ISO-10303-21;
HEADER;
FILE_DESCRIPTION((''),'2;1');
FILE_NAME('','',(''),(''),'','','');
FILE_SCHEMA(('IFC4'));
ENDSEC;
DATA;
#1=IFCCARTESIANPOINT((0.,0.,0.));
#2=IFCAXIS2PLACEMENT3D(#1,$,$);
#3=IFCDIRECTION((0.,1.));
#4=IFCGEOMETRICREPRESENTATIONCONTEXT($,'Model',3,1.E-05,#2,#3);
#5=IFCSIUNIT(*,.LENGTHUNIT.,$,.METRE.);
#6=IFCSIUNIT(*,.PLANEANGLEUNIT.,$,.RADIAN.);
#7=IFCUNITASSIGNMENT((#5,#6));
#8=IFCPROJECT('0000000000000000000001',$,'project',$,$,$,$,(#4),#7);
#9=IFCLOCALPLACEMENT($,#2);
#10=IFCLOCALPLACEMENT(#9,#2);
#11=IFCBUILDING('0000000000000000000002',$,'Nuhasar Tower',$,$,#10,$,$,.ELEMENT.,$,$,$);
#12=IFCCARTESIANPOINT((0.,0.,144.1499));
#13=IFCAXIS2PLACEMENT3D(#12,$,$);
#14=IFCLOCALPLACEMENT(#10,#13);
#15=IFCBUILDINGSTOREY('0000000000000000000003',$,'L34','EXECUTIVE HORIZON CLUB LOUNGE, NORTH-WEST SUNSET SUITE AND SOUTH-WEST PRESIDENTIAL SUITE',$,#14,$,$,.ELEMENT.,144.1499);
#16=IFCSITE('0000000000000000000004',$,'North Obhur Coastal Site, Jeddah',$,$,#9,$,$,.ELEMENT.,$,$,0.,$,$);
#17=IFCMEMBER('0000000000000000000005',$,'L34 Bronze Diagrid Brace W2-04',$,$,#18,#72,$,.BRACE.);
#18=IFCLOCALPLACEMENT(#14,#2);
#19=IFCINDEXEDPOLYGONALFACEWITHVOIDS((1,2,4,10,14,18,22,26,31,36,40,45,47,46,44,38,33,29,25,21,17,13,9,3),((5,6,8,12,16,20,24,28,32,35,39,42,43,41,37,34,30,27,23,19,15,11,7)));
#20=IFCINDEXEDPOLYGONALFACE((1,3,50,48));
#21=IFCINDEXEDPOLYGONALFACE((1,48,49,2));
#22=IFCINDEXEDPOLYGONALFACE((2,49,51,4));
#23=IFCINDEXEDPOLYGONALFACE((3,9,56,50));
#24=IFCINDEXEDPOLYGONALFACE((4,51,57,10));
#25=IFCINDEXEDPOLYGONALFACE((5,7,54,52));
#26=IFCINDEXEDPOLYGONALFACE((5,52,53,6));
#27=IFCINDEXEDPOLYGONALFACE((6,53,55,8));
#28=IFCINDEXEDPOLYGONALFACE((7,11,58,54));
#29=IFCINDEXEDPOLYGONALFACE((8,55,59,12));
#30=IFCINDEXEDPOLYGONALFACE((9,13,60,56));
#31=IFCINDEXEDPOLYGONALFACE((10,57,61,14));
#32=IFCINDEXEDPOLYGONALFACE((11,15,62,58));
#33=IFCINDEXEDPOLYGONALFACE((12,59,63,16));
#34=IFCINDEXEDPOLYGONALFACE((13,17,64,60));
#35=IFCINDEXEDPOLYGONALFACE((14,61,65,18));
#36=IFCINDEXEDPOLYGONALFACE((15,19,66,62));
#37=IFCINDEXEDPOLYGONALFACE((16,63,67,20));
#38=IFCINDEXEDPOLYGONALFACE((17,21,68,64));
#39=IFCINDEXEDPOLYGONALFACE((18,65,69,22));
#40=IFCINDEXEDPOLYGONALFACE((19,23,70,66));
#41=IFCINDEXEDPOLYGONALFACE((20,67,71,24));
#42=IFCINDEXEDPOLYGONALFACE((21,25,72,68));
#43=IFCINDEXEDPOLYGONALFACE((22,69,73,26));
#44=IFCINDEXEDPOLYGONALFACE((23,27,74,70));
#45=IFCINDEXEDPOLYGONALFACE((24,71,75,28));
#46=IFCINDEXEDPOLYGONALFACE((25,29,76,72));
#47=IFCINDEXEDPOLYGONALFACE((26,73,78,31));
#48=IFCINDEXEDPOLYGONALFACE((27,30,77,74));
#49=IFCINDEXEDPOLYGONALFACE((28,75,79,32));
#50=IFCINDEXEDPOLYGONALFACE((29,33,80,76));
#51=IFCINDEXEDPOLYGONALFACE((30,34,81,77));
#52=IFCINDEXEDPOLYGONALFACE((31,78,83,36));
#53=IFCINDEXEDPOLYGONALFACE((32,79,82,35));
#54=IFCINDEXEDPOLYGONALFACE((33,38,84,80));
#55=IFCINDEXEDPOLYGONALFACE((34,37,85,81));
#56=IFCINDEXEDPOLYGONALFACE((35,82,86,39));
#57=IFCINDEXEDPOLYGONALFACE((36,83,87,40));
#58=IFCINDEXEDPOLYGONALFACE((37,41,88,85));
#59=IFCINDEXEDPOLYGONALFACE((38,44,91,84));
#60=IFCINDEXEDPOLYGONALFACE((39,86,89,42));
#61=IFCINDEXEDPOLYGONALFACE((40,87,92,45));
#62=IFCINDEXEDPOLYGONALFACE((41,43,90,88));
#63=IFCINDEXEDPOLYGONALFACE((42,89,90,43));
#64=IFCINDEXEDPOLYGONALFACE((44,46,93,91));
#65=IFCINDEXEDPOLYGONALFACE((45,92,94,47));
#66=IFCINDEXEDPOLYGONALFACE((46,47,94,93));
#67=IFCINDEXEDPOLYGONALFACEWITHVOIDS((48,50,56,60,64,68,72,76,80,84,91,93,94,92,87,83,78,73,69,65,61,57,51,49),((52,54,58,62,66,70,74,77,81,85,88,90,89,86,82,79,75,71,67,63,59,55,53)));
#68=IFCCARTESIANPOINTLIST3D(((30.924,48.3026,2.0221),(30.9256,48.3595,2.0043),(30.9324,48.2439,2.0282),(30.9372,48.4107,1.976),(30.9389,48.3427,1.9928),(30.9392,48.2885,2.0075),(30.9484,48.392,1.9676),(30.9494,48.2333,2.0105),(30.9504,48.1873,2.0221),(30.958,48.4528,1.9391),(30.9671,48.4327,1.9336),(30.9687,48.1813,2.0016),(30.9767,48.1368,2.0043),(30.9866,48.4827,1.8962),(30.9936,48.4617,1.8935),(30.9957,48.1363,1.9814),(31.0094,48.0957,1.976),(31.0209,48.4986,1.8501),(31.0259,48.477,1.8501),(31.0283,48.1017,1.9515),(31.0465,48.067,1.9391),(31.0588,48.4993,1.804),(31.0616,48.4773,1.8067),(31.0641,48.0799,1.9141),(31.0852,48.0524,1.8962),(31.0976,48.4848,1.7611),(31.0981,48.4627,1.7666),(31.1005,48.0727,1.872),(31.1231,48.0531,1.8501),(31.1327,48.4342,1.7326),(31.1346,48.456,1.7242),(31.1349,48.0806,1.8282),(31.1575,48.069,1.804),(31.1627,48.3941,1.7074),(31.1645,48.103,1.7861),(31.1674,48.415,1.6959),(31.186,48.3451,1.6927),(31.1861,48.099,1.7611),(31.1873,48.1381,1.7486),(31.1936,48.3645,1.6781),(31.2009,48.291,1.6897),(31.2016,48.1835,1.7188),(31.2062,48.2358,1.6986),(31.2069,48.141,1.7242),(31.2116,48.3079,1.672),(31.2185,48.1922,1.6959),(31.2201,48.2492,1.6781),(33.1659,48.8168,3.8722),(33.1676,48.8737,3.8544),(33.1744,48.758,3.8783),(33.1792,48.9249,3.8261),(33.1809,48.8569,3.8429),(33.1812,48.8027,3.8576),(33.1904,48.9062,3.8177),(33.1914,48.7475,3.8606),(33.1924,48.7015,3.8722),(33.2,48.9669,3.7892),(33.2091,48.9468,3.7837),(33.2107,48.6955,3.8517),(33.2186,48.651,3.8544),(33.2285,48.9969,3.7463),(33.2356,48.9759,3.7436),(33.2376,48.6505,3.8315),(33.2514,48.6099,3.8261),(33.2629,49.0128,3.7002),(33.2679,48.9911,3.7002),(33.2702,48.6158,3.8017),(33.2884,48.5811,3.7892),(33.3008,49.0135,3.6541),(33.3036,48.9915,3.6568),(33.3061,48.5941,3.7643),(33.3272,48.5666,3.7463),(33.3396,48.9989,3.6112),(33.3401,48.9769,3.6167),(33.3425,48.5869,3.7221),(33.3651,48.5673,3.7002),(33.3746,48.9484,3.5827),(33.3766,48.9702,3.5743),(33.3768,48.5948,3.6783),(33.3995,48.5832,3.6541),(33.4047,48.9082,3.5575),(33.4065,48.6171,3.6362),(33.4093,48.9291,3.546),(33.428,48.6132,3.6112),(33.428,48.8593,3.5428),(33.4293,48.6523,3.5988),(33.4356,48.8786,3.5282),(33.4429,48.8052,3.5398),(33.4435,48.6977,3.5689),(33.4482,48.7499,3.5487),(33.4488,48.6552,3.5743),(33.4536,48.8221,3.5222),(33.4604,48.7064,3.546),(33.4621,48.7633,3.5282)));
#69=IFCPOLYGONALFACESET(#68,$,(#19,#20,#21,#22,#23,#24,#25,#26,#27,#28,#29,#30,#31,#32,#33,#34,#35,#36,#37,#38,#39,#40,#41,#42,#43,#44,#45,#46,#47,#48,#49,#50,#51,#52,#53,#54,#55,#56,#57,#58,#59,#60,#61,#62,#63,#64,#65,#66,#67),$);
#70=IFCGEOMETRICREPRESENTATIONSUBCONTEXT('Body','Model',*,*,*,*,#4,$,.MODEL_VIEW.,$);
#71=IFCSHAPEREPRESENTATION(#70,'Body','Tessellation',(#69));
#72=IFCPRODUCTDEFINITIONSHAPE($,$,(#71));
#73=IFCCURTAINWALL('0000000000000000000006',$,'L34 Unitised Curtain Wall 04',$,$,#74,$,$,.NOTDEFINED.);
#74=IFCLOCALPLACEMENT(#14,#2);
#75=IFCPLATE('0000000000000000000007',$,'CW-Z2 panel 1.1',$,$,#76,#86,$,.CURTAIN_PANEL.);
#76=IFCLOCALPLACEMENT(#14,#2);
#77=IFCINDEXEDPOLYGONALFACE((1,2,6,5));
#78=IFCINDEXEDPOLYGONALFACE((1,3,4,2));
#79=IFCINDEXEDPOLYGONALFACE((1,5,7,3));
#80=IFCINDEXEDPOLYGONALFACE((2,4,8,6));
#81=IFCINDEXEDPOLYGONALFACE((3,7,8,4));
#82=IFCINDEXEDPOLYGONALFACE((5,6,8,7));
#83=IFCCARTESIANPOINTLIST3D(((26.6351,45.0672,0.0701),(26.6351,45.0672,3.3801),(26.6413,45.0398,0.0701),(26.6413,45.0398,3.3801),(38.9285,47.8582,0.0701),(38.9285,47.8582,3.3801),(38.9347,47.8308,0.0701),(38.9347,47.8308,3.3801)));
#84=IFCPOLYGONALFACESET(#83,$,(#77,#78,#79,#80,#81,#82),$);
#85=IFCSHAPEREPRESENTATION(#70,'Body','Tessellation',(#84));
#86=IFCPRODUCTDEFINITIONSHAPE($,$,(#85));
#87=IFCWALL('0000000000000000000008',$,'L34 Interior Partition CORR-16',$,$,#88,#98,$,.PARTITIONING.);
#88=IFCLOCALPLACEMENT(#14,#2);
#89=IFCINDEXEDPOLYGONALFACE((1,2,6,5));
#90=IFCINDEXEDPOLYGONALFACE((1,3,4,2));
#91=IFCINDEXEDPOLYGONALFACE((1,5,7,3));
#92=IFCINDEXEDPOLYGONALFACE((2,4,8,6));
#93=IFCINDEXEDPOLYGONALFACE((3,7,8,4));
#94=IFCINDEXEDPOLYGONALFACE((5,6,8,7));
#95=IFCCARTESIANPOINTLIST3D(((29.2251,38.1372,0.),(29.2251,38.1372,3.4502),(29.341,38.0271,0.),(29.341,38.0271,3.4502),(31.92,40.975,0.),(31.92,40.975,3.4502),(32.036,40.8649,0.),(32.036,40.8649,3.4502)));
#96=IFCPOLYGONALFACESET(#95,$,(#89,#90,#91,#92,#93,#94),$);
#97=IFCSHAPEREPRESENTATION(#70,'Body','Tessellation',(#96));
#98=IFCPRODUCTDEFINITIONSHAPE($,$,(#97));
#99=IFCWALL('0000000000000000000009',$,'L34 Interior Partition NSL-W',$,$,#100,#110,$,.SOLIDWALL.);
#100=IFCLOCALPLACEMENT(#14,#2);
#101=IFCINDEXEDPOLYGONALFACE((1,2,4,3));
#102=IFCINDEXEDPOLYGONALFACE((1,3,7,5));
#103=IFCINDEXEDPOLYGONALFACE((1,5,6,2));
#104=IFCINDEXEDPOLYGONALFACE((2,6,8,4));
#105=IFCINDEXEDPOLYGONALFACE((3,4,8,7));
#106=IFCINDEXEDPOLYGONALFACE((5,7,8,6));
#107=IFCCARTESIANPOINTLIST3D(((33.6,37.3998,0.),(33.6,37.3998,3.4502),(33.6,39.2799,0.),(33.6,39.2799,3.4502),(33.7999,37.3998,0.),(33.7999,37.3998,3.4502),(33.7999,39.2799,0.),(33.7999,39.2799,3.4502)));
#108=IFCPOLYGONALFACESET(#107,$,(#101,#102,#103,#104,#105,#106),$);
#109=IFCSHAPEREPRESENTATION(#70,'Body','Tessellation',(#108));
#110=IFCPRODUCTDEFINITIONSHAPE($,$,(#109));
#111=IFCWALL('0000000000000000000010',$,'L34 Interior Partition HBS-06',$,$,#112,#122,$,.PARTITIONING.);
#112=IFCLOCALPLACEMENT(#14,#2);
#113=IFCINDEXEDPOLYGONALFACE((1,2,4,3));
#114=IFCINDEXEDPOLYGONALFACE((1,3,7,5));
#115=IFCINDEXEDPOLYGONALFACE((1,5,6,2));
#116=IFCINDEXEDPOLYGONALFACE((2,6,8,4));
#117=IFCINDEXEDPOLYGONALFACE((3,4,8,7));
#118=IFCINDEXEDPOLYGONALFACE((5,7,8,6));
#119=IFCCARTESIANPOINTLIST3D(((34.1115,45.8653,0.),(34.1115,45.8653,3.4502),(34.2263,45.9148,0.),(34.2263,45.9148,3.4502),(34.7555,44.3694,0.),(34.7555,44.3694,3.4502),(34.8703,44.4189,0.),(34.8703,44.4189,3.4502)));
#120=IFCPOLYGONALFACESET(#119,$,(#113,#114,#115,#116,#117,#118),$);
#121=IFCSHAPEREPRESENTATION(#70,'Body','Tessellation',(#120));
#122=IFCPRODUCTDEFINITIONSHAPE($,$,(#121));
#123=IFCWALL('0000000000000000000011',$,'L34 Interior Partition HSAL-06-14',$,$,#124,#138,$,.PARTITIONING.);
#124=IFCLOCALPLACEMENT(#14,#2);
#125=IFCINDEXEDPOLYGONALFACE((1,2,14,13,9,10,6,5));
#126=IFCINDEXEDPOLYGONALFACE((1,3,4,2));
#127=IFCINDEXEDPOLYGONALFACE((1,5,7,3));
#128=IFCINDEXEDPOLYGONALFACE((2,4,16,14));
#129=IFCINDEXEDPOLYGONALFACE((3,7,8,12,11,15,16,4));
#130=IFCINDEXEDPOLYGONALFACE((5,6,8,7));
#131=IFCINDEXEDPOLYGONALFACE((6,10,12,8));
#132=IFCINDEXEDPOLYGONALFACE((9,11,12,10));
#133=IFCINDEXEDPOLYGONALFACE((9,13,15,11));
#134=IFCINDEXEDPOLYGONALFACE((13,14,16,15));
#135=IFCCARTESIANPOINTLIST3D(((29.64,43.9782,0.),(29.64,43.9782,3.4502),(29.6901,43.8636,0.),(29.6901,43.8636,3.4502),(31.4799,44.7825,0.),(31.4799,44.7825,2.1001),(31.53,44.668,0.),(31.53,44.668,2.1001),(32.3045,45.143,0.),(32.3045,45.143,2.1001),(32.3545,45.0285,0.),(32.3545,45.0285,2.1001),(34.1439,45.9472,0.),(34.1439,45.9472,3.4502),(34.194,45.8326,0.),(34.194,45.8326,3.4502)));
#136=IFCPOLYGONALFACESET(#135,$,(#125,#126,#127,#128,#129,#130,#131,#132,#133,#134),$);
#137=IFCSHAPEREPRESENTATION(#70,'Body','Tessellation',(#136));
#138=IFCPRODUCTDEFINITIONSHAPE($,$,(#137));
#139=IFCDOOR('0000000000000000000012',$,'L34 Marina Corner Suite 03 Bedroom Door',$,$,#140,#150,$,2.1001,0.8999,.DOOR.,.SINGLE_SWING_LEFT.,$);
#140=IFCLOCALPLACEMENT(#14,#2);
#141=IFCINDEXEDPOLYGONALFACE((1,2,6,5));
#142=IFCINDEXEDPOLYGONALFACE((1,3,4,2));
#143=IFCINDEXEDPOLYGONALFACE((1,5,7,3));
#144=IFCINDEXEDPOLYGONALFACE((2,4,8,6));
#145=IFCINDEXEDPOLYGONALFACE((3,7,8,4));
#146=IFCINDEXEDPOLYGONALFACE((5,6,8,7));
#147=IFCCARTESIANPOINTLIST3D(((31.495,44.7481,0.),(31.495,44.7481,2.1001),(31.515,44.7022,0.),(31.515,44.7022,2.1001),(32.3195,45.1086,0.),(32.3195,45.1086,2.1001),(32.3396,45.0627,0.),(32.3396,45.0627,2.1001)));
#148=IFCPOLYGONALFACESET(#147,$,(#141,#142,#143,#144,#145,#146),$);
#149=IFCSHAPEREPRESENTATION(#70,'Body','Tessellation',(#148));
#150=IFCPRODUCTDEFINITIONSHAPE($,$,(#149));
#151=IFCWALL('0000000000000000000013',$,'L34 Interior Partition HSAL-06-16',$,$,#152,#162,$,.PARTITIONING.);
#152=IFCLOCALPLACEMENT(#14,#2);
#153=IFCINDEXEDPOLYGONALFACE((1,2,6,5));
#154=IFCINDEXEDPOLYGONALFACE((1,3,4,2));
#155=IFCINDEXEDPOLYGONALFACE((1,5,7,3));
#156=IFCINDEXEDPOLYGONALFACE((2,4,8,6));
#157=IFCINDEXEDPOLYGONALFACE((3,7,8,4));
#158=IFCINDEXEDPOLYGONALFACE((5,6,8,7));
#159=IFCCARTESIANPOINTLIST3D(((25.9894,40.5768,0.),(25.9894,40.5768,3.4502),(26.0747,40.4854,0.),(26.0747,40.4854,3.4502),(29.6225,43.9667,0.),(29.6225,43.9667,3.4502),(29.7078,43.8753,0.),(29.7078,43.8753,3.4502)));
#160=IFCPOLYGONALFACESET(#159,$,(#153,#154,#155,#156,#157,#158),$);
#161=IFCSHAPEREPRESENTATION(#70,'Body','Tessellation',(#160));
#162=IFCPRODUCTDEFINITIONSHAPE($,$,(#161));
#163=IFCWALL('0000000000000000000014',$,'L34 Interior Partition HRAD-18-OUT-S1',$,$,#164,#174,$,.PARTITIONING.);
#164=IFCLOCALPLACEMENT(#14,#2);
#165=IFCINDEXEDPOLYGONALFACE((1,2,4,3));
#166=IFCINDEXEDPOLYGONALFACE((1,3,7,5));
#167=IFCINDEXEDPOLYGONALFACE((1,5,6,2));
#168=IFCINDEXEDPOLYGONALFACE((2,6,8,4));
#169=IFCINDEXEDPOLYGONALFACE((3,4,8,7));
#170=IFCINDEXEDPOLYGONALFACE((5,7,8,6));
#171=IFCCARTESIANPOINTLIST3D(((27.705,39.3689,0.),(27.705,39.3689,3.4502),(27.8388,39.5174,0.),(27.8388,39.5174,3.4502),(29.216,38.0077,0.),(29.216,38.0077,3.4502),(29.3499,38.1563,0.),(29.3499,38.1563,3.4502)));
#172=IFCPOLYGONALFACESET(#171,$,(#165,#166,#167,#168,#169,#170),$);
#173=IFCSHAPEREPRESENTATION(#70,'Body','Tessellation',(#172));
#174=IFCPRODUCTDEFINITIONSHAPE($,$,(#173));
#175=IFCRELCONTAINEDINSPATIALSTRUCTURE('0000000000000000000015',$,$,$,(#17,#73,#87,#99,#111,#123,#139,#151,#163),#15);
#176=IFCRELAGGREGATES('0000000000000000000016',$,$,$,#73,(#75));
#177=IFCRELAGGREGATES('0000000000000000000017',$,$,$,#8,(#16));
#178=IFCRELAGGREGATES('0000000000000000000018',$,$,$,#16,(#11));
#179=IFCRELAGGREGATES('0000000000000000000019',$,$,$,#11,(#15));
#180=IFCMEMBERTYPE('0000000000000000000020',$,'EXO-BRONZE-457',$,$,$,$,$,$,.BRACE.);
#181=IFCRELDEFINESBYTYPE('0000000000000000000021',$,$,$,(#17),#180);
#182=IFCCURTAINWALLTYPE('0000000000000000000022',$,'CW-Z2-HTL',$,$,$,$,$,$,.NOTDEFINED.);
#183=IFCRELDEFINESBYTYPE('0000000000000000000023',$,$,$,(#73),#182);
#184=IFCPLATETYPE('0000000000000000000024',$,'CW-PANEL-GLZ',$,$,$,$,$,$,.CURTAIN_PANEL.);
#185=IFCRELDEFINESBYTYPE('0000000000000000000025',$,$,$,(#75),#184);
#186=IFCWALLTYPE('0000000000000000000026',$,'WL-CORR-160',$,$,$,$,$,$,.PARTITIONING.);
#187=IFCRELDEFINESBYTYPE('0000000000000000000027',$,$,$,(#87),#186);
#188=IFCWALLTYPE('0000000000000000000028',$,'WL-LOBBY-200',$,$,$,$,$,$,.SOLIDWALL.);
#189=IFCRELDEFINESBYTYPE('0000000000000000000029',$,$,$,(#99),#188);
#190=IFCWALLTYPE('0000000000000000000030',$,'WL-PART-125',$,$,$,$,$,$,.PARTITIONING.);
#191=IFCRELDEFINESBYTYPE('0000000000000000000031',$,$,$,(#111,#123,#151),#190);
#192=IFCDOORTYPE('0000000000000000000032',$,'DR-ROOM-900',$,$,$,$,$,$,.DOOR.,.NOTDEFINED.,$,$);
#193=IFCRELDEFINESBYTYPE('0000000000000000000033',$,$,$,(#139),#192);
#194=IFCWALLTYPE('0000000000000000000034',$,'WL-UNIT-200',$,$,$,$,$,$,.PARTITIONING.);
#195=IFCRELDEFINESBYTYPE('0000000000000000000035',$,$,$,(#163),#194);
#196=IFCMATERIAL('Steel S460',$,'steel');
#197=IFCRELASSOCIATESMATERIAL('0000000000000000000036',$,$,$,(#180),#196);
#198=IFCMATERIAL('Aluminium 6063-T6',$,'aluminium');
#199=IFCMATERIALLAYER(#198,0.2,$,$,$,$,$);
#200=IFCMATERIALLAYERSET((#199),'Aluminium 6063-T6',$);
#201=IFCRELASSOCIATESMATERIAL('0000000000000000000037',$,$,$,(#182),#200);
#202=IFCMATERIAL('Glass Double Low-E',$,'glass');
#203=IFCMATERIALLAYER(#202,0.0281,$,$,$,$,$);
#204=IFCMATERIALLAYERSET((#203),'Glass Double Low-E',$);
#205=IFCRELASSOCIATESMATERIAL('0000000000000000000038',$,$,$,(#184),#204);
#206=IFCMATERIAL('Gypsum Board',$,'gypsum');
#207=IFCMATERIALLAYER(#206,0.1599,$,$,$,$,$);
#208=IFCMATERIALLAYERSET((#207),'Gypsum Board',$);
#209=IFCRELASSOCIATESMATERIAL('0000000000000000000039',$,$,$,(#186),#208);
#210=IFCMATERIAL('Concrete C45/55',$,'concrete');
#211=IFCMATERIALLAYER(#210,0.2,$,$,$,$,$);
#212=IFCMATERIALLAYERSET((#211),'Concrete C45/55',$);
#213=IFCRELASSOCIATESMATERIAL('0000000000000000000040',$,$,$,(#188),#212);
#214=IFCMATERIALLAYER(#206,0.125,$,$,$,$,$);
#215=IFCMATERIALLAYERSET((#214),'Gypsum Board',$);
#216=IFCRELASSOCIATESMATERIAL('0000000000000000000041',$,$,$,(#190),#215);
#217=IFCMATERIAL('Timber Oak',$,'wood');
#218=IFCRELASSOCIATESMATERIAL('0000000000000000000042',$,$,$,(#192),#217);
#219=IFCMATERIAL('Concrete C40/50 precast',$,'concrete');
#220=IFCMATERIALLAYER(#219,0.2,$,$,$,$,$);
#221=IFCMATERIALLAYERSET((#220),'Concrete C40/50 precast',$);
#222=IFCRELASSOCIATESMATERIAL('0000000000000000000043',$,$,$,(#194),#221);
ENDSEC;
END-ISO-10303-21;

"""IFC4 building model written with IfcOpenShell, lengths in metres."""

from ifc_helpers import new_model, si_unit, direction, frame, frame_2d, origin, origin_2d, place, context, subcontext, project, spatial, rectangle, hollow_circle, extrude, material, layer, layer_set, material_profile, profile_set, type_object, element, fill, aggregate, save


model = new_model("IFC4")

# Units and contexts
model_context = context("Model", 3, precision=1e-05, world=origin(), true_north=direction((0.0, 1.0)))
body_context = subcontext(model_context, "Body", "Model", "MODEL_VIEW")
ifc_project = project(units=[si_unit("LENGTHUNIT", "METRE"), si_unit("PLANEANGLEUNIT", "RADIAN")], contexts=[model_context])

# Site, building, storey
site_placement = place(None, origin())
site = spatial("IfcSite", under=ifc_project, at=site_placement, Name="North Obhur Coastal Site, Jeddah", CompositionType="ELEMENT", RefElevation=0.0)
building_placement = place(site_placement, origin())
building = spatial("IfcBuilding", under=site, at=building_placement, Name="Nuhasar Tower", CompositionType="ELEMENT")
storey_placement = place(building_placement, frame((0.0, 0.0, 144.1499)))
storey = spatial("IfcBuildingStorey", under=building, at=storey_placement, Name="L34", Description="EXECUTIVE HORIZON CLUB LOUNGE, NORTH-WEST SUNSET SUITE AND SOUTH-WEST PRESIDENTIAL SUITE", CompositionType="ELEMENT", Elevation=144.1499)

# Member
ifc_material_1 = material(Name="Steel S460", Category="steel")
ifc_material_profile_1 = material_profile(ifc_material_1, hollow_circle(Radius=0.2285, WallThickness=0.0222, at=origin_2d()), Name="HSS457X22.2")
ifc_profile_set_1 = profile_set([ifc_material_profile_1], Name="Steel S460")
member_type = type_object("IfcMemberType", Name="EXO-BRONZE-457", PredefinedType="BRACE", material=ifc_profile_set_1)
for number, where, z_axis, x_axis, name in (
    (1, (31.072, 48.2759, 1.8501), (0.7595, 0.174181, 0.626755), (-0.223534, 0.974696, 0.0), "L34 Bronze Diagrid Brace W2-04"),
):
    element("IfcMember", number, at=place(storey_placement, frame(where, z_axis=z_axis, x_axis=x_axis)), inside=storey, type_object=member_type, Name=name, PredefinedType="BRACE", context=body_context, shape_type="SweptSolid", body=[
        extrude(hollow_circle(Radius=0.2285, WallThickness=0.0222, at=origin_2d()), origin(), (0.0, 0.0, 1.0), 2.9519),
    ])

# Curtain wall, plate
ifc_material_2 = material(Name="Aluminium 6063-T6", Category="aluminium")
ifc_layer_1 = layer(ifc_material_2, 0.2)
ifc_layer_set_1 = layer_set([ifc_layer_1], Name="Aluminium 6063-T6")
curtain_wall_type = type_object("IfcCurtainWallType", Name="CW-Z2-HTL", PredefinedType="NOTDEFINED", material=ifc_layer_set_1)
curtain_wall_placement = place(storey_placement, origin())
curtain_wall = element("IfcCurtainWall", 2, at=curtain_wall_placement, inside=storey, type_object=curtain_wall_type, Name="L34 Unitised Curtain Wall 04", PredefinedType="NOTDEFINED")
ifc_material_3 = material(Name="Glass Double Low-E", Category="glass")
ifc_layer_2 = layer(ifc_material_3, 0.0281)
ifc_layer_set_2 = layer_set([ifc_layer_2], Name="Glass Double Low-E")
plate_type = type_object("IfcPlateType", Name="CW-PANEL-GLZ", PredefinedType="CURTAIN_PANEL", material=ifc_layer_set_2)
plate_placement = place(storey_placement, frame((32.7849, 46.449, 0.0701), z_axis=(0.0, 0.0, 1.0), x_axis=(-0.975184, -0.221397, 0.0)))
plate = element("IfcPlate", 3, at=plate_placement, type_object=plate_type, Name="CW-Z2 panel 1.1", PredefinedType="CURTAIN_PANEL", context=body_context, shape_type="SweptSolid", body=[
    extrude(rectangle(XDim=12.6062, YDim=0.0281, at=origin_2d()), origin(), (0.0, 0.0, 1.0), 3.3101),
])
aggregate(curtain_wall, [plate])

# Shared definitions
ifc_material_4 = material(Name="Gypsum Board", Category="gypsum")
ifc_layer_3 = layer(ifc_material_4, 0.1599)
ifc_layer_set_3 = layer_set([ifc_layer_3], Name="Gypsum Board")
wall_type_1 = type_object("IfcWallType", Name="WL-CORR-160", PredefinedType="PARTITIONING", material=ifc_layer_set_3)
ifc_material_5 = material(Name="Timber Oak", Category="wood")

# Walls
wall_1_placement = place(storey_placement, frame((31.978, 40.9199, 0.0), z_axis=(0.0, 0.0, 1.0), x_axis=(-0.688625, -0.725118, 0.0)))
element("IfcWall", 4, at=wall_1_placement, inside=storey, type_object=wall_type_1, Name="L34 Interior Partition CORR-16", PredefinedType="PARTITIONING", context=body_context, shape_type="SweptSolid", body=[
    extrude(rectangle(XDim=3.9136, YDim=0.1599, at=frame_2d((1.9568, 0.0))), origin(), (0.0, 0.0, 1.0), 3.4502),
])
ifc_material_6 = material(Name="Concrete C45/55", Category="concrete")
ifc_layer_4 = layer(ifc_material_6, 0.2)
ifc_layer_set_4 = layer_set([ifc_layer_4], Name="Concrete C45/55")
wall_type_2 = type_object("IfcWallType", Name="WL-LOBBY-200", PredefinedType="SOLIDWALL", material=ifc_layer_set_4)
wall_2_placement = place(storey_placement, frame((33.7, 37.3999, 0.0), z_axis=(0.0, 0.0, 1.0), x_axis=(0.0, 1.0, 0.0)))
element("IfcWall", 5, at=wall_2_placement, inside=storey, type_object=wall_type_2, Name="L34 Interior Partition NSL-W", PredefinedType="SOLIDWALL", context=body_context, shape_type="SweptSolid", body=[
    extrude(rectangle(XDim=1.8801, YDim=0.2, at=frame_2d((0.9399, 0.0))), origin(), (0.0, 0.0, 1.0), 3.4502),
])
ifc_layer_5 = layer(ifc_material_4, 0.125)
ifc_layer_set_5 = layer_set([ifc_layer_5], Name="Gypsum Board")
wall_type_3 = type_object("IfcWallType", Name="WL-PART-125", PredefinedType="PARTITIONING", material=ifc_layer_set_5)
wall_3_placement = place(storey_placement, frame((34.813, 44.394, 0.0), z_axis=(0.0, 0.0, 1.0), x_axis=(-0.395457, 0.918485, 0.0)))
element("IfcWall", 6, at=wall_3_placement, inside=storey, type_object=wall_type_3, Name="L34 Interior Partition HBS-06", PredefinedType="PARTITIONING", context=body_context, shape_type="SweptSolid", body=[
    extrude(rectangle(XDim=1.6287, YDim=0.125, at=frame_2d((0.8145, 0.0))), origin(), (0.0, 0.0, 1.0), 3.4502),
])

# Wall, opening, door
wall_4_placement = place(storey_placement, frame((29.665, 43.9209, 0.0), z_axis=(0.0, 0.0, 1.0), x_axis=(0.916267, 0.400569, 0.0)))
wall_4 = element("IfcWall", 7, at=wall_4_placement, inside=storey, type_object=wall_type_3, Name="L34 Interior Partition HSAL-06-14", PredefinedType="PARTITIONING", context=body_context, shape_type="SweptSolid", body=[
    extrude(rectangle(XDim=4.9155, YDim=0.125, at=frame_2d((2.4578, 0.0))), origin(), (0.0, 0.0, 1.0), 3.4502),
])
opening_1_placement = place(wall_4_placement, frame((2.0081, 0.0, 0.0)))
opening_1 = element("IfcOpeningElement", 8, at=opening_1_placement, cuts=wall_4, PredefinedType="OPENING", context=body_context, shape_type="SweptSolid", body=[
    extrude(rectangle(XDim=0.8999, YDim=2.1001, at=frame_2d((0.45, 1.05))), frame((0.0, 0.0725, 0.0), z_axis=(0.0, -1.0, 0.0), x_axis=(1.0, 0.0, 0.0)), (0.0, 0.0, 1.0), 0.145),
])
door_type_1 = type_object("IfcDoorType", Name="DR-ROOM-900", OperationType="NOTDEFINED", PredefinedType="DOOR", material=ifc_material_5)
door_1_placement = place(opening_1_placement, origin())
door_1 = element("IfcDoor", 9, at=door_1_placement, inside=storey, type_object=door_type_1, Name="L34 Marina Corner Suite 03 Bedroom Door", OperationType="SINGLE_SWING_LEFT", OverallHeight=2.1001, OverallWidth=0.8999, PredefinedType="DOOR", context=body_context, shape_type="SweptSolid", body=[
    extrude(rectangle(XDim=0.8999, YDim=2.1001, at=frame_2d((0.45, 1.05))), frame((0.0, 0.0249, 0.0), z_axis=(0.0, -1.0, 0.0), x_axis=(1.0, 0.0, 0.0)), (0.0, 0.0, 1.0), 0.05),
])
fill(opening_1, door_1)

# Walls
wall_5_placement = place(storey_placement, frame((29.665, 43.9209, 0.0), z_axis=(0.0, 0.0, 1.0), x_axis=(-0.731152, -0.682215, 0.0)))
element("IfcWall", 10, at=wall_5_placement, inside=storey, type_object=wall_type_3, Name="L34 Interior Partition HSAL-06-16", PredefinedType="PARTITIONING", context=body_context, shape_type="SweptSolid", body=[
    extrude(rectangle(XDim=4.969, YDim=0.125, at=frame_2d((2.4844, 0.0))), origin(), (0.0, 0.0, 1.0), 3.4502),
])
ifc_material_7 = material(Name="Concrete C40/50 precast", Category="concrete")
ifc_layer_6 = layer(ifc_material_7, 0.2)
ifc_layer_set_6 = layer_set([ifc_layer_6], Name="Concrete C40/50 precast")
wall_type_4 = type_object("IfcWallType", Name="WL-UNIT-200", PredefinedType="PARTITIONING", material=ifc_layer_set_6)
wall_6_placement = place(storey_placement, frame((29.283, 38.082, 0.0), z_axis=(0.0, 0.0, 1.0), x_axis=(-0.743002, 0.66929, 0.0)))
element("IfcWall", 11, at=wall_6_placement, inside=storey, type_object=wall_type_4, Name="L34 Interior Partition HRAD-18-OUT-S1", PredefinedType="PARTITIONING", context=body_context, shape_type="SweptSolid", body=[
    extrude(rectangle(XDim=2.0337, YDim=0.2, at=frame_2d((1.0168, 0.0))), origin(), (0.0, 0.0, 1.0), 3.4502),
])

save(model, "model.ifc")
